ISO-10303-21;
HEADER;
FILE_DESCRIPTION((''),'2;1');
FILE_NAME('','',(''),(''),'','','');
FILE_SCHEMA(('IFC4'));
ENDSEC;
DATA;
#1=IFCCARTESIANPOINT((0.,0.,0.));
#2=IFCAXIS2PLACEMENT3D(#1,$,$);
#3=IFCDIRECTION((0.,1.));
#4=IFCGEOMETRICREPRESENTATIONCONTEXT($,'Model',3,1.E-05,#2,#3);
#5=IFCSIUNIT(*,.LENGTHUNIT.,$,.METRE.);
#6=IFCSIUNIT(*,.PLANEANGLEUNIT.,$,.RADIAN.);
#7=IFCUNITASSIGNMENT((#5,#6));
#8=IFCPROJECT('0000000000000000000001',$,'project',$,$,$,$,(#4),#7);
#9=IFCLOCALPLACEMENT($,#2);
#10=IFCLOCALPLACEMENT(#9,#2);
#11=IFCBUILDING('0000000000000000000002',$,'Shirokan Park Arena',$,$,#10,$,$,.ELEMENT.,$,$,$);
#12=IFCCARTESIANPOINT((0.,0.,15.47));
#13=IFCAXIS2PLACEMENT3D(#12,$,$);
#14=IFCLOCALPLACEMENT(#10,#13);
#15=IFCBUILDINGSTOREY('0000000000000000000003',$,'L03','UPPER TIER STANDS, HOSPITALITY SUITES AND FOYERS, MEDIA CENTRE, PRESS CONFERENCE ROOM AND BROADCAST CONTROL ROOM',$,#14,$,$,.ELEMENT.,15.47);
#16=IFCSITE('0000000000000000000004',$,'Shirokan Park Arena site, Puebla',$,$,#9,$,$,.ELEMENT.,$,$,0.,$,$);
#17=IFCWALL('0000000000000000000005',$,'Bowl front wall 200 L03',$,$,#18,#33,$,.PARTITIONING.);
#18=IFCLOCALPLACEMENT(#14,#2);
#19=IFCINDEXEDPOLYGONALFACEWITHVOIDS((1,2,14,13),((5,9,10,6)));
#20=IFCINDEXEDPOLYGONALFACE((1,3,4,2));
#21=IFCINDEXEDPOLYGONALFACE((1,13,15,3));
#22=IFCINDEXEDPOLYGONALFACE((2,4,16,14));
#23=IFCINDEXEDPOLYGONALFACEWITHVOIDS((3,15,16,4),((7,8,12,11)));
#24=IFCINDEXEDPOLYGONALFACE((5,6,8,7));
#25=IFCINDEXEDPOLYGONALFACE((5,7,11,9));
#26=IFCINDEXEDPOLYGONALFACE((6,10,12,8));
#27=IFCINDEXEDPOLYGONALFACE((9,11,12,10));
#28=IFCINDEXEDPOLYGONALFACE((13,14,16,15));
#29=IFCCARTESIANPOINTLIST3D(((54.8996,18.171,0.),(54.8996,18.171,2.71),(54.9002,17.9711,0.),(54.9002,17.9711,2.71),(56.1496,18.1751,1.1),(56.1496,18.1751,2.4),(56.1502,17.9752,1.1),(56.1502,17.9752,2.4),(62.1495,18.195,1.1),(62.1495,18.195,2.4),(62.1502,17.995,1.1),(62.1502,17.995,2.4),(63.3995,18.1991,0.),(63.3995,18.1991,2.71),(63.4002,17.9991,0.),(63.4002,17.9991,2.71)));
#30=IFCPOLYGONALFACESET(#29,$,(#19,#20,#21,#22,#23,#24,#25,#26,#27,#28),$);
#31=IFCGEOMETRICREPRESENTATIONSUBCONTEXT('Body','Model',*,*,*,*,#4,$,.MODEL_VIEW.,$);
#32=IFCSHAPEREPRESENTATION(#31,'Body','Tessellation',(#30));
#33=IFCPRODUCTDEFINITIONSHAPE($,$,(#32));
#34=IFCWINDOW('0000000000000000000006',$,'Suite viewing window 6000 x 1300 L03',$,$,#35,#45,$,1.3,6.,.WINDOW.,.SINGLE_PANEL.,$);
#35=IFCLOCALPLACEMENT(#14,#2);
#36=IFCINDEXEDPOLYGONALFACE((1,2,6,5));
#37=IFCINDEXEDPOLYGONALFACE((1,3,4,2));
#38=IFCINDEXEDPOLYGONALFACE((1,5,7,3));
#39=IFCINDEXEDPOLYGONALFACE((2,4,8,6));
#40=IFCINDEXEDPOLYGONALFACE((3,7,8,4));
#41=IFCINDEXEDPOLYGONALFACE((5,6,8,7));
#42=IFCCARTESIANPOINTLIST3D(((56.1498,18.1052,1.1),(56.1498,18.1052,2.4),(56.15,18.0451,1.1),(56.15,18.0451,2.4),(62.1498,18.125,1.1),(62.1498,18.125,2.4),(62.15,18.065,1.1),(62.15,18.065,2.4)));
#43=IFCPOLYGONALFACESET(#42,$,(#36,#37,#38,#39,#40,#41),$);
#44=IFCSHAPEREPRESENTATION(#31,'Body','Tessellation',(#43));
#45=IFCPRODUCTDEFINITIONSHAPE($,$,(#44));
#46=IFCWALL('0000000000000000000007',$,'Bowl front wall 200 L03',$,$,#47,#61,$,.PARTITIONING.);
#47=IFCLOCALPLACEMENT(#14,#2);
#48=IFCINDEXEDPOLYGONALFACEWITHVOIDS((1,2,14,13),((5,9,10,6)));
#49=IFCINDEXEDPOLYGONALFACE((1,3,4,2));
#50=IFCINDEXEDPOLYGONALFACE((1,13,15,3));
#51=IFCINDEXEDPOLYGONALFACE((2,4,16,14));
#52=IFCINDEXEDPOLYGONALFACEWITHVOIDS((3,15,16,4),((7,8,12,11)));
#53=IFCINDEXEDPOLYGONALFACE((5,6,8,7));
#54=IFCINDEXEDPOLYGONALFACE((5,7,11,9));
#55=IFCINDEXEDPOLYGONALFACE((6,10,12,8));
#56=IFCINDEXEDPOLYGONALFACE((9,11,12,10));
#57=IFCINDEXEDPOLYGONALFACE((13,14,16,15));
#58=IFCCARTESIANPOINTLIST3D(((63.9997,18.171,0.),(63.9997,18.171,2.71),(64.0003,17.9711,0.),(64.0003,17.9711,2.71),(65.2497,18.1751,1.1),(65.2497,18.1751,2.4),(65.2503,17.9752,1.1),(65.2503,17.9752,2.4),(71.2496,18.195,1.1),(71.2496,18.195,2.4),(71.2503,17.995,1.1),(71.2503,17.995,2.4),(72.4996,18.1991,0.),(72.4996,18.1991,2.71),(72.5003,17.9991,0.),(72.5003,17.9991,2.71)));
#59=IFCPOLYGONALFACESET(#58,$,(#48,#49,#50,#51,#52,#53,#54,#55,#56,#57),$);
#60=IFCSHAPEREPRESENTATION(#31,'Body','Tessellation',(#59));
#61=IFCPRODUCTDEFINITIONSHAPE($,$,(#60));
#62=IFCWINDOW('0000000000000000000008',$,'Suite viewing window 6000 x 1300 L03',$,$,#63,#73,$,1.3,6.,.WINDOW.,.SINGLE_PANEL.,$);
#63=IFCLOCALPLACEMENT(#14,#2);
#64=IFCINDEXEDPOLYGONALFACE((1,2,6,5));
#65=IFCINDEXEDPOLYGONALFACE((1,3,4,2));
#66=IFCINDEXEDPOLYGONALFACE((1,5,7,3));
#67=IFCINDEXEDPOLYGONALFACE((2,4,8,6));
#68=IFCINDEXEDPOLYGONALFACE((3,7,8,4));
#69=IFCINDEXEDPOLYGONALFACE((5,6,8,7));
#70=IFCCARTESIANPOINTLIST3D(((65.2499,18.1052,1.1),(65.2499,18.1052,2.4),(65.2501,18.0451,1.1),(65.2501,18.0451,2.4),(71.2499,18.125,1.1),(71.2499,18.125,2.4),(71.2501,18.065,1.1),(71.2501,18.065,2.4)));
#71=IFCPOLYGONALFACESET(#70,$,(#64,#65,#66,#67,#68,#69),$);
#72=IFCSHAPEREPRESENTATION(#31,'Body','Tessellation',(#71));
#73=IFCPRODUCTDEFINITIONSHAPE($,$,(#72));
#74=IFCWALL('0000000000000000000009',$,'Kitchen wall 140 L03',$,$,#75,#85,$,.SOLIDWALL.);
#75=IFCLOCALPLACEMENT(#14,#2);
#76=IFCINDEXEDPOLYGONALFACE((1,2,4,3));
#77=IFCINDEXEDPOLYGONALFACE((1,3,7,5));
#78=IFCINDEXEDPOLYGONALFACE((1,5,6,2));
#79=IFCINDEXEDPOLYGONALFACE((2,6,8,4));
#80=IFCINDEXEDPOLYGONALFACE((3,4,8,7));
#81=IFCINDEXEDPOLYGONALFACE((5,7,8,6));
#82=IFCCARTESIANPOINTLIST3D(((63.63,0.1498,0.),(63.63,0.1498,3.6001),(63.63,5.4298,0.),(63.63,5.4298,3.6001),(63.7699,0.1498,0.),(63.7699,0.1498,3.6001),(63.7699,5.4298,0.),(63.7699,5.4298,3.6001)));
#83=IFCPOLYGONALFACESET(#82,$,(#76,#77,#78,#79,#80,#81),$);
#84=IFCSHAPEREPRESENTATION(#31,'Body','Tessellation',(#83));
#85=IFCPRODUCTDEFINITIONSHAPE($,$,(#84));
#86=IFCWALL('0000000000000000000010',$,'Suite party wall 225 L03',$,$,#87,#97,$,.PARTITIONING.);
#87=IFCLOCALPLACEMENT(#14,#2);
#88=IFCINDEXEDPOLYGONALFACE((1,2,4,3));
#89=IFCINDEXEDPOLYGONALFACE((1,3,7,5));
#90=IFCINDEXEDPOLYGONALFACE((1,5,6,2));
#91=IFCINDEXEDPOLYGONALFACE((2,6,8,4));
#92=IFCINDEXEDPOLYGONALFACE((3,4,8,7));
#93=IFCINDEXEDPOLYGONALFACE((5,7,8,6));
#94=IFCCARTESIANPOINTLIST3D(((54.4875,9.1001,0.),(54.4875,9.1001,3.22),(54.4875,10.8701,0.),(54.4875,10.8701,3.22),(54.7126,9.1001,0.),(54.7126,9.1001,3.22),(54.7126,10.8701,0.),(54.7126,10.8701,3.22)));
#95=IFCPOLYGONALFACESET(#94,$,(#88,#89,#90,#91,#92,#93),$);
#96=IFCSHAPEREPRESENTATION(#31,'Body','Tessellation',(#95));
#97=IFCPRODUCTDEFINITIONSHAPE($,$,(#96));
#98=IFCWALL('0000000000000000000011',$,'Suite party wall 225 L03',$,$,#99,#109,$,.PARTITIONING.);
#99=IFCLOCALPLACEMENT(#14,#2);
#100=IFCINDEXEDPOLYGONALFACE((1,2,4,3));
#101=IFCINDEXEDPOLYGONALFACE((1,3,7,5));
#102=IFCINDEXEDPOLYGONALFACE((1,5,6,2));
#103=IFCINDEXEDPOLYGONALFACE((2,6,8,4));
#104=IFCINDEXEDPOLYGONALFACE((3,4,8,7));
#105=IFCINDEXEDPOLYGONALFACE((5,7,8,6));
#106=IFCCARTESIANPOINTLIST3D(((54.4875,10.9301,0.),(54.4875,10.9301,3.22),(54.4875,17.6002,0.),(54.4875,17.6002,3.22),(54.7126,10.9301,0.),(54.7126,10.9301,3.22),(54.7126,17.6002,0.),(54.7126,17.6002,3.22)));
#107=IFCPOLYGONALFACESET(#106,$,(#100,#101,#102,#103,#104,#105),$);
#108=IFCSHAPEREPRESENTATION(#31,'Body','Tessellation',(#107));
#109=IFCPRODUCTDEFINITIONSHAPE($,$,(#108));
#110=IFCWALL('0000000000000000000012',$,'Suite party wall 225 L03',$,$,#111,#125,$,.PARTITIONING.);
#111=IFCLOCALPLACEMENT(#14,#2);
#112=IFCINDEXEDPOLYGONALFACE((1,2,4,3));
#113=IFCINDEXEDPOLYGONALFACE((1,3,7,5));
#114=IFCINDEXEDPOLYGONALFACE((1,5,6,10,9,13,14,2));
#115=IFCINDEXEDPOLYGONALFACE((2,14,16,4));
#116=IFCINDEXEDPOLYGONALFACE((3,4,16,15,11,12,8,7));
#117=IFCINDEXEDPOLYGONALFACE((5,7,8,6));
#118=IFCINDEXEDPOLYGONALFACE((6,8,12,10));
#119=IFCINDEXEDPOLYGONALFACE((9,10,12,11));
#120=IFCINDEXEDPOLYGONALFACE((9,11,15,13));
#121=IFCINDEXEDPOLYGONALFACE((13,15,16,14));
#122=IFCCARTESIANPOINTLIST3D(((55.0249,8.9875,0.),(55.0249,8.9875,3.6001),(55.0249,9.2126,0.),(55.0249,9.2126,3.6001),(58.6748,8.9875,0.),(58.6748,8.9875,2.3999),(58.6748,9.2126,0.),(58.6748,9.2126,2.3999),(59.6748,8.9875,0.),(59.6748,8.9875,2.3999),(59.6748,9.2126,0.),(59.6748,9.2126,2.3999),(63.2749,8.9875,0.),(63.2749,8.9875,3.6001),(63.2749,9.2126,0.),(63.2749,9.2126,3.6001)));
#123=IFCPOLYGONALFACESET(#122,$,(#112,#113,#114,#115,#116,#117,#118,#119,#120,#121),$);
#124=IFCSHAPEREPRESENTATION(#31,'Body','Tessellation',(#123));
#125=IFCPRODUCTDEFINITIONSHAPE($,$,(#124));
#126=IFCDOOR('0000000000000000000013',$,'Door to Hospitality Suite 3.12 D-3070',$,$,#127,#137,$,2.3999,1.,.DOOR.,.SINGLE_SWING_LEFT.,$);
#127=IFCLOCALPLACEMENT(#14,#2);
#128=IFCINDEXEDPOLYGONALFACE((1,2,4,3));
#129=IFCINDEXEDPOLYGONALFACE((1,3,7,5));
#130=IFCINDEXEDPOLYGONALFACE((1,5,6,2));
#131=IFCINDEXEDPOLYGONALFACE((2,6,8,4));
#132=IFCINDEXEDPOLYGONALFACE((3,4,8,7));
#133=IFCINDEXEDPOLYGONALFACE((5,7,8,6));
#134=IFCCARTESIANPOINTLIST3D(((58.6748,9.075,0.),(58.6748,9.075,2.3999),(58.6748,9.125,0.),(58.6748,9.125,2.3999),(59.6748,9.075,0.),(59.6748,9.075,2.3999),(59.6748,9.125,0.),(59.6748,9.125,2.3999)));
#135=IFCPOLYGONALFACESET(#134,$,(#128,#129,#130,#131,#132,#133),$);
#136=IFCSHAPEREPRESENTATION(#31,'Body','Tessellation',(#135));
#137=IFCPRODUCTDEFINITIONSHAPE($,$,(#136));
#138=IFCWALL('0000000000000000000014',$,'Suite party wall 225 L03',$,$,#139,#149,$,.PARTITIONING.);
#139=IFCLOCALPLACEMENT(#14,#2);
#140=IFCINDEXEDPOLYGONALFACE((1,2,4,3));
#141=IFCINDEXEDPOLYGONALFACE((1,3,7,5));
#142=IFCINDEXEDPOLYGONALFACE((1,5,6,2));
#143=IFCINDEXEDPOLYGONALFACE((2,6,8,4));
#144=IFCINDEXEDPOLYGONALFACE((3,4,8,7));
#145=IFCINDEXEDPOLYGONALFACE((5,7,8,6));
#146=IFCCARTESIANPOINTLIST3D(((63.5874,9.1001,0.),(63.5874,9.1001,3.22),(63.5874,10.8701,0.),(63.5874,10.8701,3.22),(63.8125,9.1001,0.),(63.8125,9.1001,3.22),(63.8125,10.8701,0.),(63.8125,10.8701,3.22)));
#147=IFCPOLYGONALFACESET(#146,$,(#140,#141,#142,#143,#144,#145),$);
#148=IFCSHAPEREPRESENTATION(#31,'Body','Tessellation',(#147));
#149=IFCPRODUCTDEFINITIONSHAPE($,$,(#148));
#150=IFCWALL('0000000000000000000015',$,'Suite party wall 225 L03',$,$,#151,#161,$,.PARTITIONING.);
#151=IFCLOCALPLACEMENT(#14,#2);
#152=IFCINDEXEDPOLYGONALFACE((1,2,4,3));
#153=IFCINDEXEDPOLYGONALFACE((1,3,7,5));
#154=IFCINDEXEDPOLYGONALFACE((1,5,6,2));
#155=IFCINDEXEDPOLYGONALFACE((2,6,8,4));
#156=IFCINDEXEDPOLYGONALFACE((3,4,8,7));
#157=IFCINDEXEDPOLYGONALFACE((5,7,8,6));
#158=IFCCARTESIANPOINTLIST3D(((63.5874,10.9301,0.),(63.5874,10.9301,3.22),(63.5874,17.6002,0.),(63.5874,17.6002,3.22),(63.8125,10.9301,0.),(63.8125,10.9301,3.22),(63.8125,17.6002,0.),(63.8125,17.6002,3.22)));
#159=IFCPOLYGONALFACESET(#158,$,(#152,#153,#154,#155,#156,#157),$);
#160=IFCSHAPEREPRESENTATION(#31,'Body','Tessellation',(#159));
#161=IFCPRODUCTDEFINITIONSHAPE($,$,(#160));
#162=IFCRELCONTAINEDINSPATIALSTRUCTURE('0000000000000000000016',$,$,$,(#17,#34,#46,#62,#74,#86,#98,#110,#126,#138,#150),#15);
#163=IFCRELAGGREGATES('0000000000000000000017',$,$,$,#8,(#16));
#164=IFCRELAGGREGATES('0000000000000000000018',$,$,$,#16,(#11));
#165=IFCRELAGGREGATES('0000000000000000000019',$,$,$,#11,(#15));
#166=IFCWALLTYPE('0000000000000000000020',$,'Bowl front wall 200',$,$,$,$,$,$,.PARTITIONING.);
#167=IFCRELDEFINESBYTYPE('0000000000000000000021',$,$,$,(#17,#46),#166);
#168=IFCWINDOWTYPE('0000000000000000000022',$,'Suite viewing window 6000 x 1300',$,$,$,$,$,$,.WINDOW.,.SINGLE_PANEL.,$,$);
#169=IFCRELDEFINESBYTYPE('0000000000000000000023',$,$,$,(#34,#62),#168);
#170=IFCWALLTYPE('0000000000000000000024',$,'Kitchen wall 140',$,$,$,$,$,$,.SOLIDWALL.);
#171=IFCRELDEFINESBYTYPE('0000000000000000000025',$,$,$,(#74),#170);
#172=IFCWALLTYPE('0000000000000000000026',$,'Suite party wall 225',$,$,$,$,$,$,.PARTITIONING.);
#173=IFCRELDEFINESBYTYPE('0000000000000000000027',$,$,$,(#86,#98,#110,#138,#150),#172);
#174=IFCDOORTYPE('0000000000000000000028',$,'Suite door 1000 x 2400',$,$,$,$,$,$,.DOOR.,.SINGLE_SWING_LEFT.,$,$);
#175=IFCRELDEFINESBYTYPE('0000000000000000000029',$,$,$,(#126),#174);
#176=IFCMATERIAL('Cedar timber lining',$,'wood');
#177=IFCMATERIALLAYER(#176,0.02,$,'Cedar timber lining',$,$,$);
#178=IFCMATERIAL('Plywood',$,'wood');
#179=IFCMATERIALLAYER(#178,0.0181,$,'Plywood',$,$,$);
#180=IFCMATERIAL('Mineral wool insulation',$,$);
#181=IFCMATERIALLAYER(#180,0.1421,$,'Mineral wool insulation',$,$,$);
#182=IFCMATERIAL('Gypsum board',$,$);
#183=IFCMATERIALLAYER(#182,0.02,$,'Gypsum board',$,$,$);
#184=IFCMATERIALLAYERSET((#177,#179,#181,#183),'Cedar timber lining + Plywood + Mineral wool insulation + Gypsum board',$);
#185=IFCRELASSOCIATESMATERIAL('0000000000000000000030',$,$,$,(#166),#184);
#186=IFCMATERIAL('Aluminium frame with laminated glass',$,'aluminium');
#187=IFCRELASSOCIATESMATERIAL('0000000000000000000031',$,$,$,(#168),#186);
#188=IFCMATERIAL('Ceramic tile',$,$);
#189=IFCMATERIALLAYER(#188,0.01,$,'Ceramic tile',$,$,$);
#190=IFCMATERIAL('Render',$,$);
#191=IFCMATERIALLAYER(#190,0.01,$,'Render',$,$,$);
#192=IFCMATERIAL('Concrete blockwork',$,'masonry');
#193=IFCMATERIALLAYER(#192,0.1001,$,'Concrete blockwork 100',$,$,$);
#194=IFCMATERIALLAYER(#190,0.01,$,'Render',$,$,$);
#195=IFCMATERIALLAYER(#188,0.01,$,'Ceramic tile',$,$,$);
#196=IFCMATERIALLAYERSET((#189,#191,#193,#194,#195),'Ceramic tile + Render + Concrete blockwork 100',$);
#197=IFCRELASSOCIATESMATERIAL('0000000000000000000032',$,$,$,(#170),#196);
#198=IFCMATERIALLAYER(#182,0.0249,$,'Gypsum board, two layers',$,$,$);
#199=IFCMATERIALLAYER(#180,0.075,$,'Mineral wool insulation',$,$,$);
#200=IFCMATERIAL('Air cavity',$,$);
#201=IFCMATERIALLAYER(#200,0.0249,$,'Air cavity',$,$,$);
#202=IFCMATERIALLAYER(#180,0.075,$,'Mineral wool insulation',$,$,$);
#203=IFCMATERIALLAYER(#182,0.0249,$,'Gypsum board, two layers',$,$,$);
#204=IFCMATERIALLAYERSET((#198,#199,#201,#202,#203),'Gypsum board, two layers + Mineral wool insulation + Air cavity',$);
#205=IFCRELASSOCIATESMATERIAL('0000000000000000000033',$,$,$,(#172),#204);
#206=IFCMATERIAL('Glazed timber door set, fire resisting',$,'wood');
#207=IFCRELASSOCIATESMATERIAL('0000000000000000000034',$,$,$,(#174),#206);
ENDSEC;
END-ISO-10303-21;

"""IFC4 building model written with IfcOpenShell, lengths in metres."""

from ifc_helpers import new_model, si_unit, direction, frame, frame_2d, origin, place, context, subcontext, project, spatial, rectangle, extrude, material, layer, layer_set, type_object, element, fill, save


model = new_model("IFC4")

# Units and contexts
model_context = context("Model", 3, precision=1e-05, world=origin(), true_north=direction((0.0, 1.0)))
body_context = subcontext(model_context, "Body", "Model", "MODEL_VIEW")
ifc_project = project(units=[si_unit("LENGTHUNIT", "METRE"), si_unit("PLANEANGLEUNIT", "RADIAN")], contexts=[model_context])

# Site, building, storey
site_placement = place(None, origin())
site = spatial("IfcSite", under=ifc_project, at=site_placement, Name="Shirokan Park Arena site, Puebla", CompositionType="ELEMENT", RefElevation=0.0)
building_placement = place(site_placement, origin())
building = spatial("IfcBuilding", under=site, at=building_placement, Name="Shirokan Park Arena", CompositionType="ELEMENT")
storey_placement = place(building_placement, frame((0.0, 0.0, 15.47)))
storey = spatial("IfcBuildingStorey", under=building, at=storey_placement, Name="L03", Description="UPPER TIER STANDS, HOSPITALITY SUITES AND FOYERS, MEDIA CENTRE, PRESS CONFERENCE ROOM AND BROADCAST CONTROL ROOM", CompositionType="ELEMENT", Elevation=15.47)

# Walls, openings, windows
ifc_material_1 = material(Name="Cedar timber lining", Category="wood")
ifc_layer_1 = layer(ifc_material_1, 0.02, Name="Cedar timber lining")
ifc_material_2 = material(Name="Plywood", Category="wood")
ifc_layer_2 = layer(ifc_material_2, 0.0181, Name="Plywood")
ifc_material_3 = material(Name="Mineral wool insulation")
ifc_layer_3 = layer(ifc_material_3, 0.1421, Name="Mineral wool insulation")
ifc_material_4 = material(Name="Gypsum board")
ifc_layer_4 = layer(ifc_material_4, 0.02, Name="Gypsum board")
ifc_layer_set_1 = layer_set([ifc_layer_1, ifc_layer_2, ifc_layer_3, ifc_layer_4], Name="Cedar timber lining + Plywood + Mineral wool insulation + Gypsum board")
wall_type_1 = type_object("IfcWallType", Name="Bowl front wall 200", PredefinedType="PARTITIONING", material=ifc_layer_set_1)
wall_1_placement = place(storey_placement, frame((54.8999, 18.071, 0.0), z_axis=(0.0, 0.0, 1.0), x_axis=(0.999995, 0.003303, 0.0)))
wall_1 = element("IfcWall", 1, at=wall_1_placement, inside=storey, type_object=wall_type_1, Name="Bowl front wall 200 L03", PredefinedType="PARTITIONING", context=body_context, shape_type="SweptSolid", body=[
    extrude(rectangle(XDim=8.5, YDim=0.2, at=frame_2d((4.25, 0.0))), origin(), (0.0, 0.0, 1.0), 2.71),
])
opening_1_placement = place(wall_1_placement, frame((1.25, 0.0, 1.1001)))
opening_1 = element("IfcOpeningElement", 2, at=opening_1_placement, cuts=wall_1, PredefinedType="OPENING", context=body_context, shape_type="SweptSolid", body=[
    extrude(rectangle(XDim=6.0, YDim=1.3, at=frame_2d((3.0, 0.6499))), frame((0.0, 0.1099, 0.0), z_axis=(0.0, -1.0, 0.0), x_axis=(1.0, 0.0, 0.0)), (0.0, 0.0, 1.0), 0.22),
])
ifc_material_5 = material(Name="Aluminium frame with laminated glass", Category="aluminium")
window_type = type_object("IfcWindowType", Name="Suite viewing window 6000 x 1300", PartitioningType="SINGLE_PANEL", PredefinedType="WINDOW", material=ifc_material_5)
window_1_placement = place(opening_1_placement, origin())
window_1 = element("IfcWindow", 3, at=window_1_placement, inside=storey, type_object=window_type, Name="Suite viewing window 6000 x 1300 L03", OverallHeight=1.3, OverallWidth=6.0, PartitioningType="SINGLE_PANEL", PredefinedType="WINDOW", context=body_context, shape_type="SweptSolid", body=[
    extrude(rectangle(XDim=6.0, YDim=1.3, at=frame_2d((3.0, 0.6499))), frame((0.0, 0.03, 0.0), z_axis=(0.0, -1.0, 0.0), x_axis=(1.0, 0.0, 0.0)), (0.0, 0.0, 1.0), 0.0601),
])
fill(opening_1, window_1)
wall_2_placement = place(storey_placement, frame((64.0, 18.071, 0.0), z_axis=(0.0, 0.0, 1.0), x_axis=(0.999995, 0.003303, 0.0)))
wall_2 = element("IfcWall", 4, at=wall_2_placement, inside=storey, type_object=wall_type_1, Name="Bowl front wall 200 L03", PredefinedType="PARTITIONING", context=body_context, shape_type="SweptSolid", body=[
    extrude(rectangle(XDim=8.5, YDim=0.2, at=frame_2d((4.25, 0.0))), origin(), (0.0, 0.0, 1.0), 2.71),
])
opening_2_placement = place(wall_2_placement, frame((1.25, 0.0, 1.1001)))
opening_2 = element("IfcOpeningElement", 5, at=opening_2_placement, cuts=wall_2, PredefinedType="OPENING", context=body_context, shape_type="SweptSolid", body=[
    extrude(rectangle(XDim=6.0, YDim=1.3, at=frame_2d((3.0, 0.6499))), frame((0.0, 0.1099, 0.0), z_axis=(0.0, -1.0, 0.0), x_axis=(1.0, 0.0, 0.0)), (0.0, 0.0, 1.0), 0.22),
])
window_2_placement = place(opening_2_placement, origin())
window_2 = element("IfcWindow", 6, at=window_2_placement, inside=storey, type_object=window_type, Name="Suite viewing window 6000 x 1300 L03", OverallHeight=1.3, OverallWidth=6.0, PartitioningType="SINGLE_PANEL", PredefinedType="WINDOW", context=body_context, shape_type="SweptSolid", body=[
    extrude(rectangle(XDim=6.0, YDim=1.3, at=frame_2d((3.0, 0.6499))), frame((0.0, 0.03, 0.0), z_axis=(0.0, -1.0, 0.0), x_axis=(1.0, 0.0, 0.0)), (0.0, 0.0, 1.0), 0.0601),
])
fill(opening_2, window_2)

# Walls
ifc_material_6 = material(Name="Ceramic tile")
ifc_layer_5 = layer(ifc_material_6, 0.01, Name="Ceramic tile")
ifc_material_7 = material(Name="Render")
ifc_layer_6 = layer(ifc_material_7, 0.01, Name="Render")
ifc_material_8 = material(Name="Concrete blockwork", Category="masonry")
ifc_layer_7 = layer(ifc_material_8, 0.1001, Name="Concrete blockwork 100")
ifc_layer_8 = layer(ifc_material_7, 0.01, Name="Render")
ifc_layer_9 = layer(ifc_material_6, 0.01, Name="Ceramic tile")
ifc_layer_set_2 = layer_set([ifc_layer_5, ifc_layer_6, ifc_layer_7, ifc_layer_8, ifc_layer_9], Name="Ceramic tile + Render + Concrete blockwork 100")
wall_type_2 = type_object("IfcWallType", Name="Kitchen wall 140", PredefinedType="SOLIDWALL", material=ifc_layer_set_2)
wall_3_placement = place(storey_placement, frame((63.7, 5.4299, 0.0), z_axis=(0.0, 0.0, 1.0), x_axis=(0.0, -1.0, 0.0)))
element("IfcWall", 7, at=wall_3_placement, inside=storey, type_object=wall_type_2, Name="Kitchen wall 140 L03", PredefinedType="SOLIDWALL", context=body_context, shape_type="SweptSolid", body=[
    extrude(rectangle(XDim=5.28, YDim=0.1399, at=frame_2d((2.6401, 0.0))), origin(), (0.0, 0.0, 1.0), 3.6001),
])
ifc_layer_10 = layer(ifc_material_4, 0.0249, Name="Gypsum board, two layers")
ifc_layer_11 = layer(ifc_material_3, 0.075, Name="Mineral wool insulation")
ifc_material_9 = material(Name="Air cavity")
ifc_layer_12 = layer(ifc_material_9, 0.0249, Name="Air cavity")
ifc_layer_13 = layer(ifc_material_3, 0.075, Name="Mineral wool insulation")
ifc_layer_14 = layer(ifc_material_4, 0.0249, Name="Gypsum board, two layers")
ifc_layer_set_3 = layer_set([ifc_layer_10, ifc_layer_11, ifc_layer_12, ifc_layer_13, ifc_layer_14], Name="Gypsum board, two layers + Mineral wool insulation + Air cavity")
wall_type_3 = type_object("IfcWallType", Name="Suite party wall 225", PredefinedType="PARTITIONING", material=ifc_layer_set_3)
wall_4_placement = place(storey_placement, frame((54.6001, 10.8701, 0.0), z_axis=(0.0, 0.0, 1.0), x_axis=(0.0, -1.0, 0.0)))
element("IfcWall", 8, at=wall_4_placement, inside=storey, type_object=wall_type_3, Name="Suite party wall 225 L03", PredefinedType="PARTITIONING", context=body_context, shape_type="SweptSolid", body=[
    extrude(rectangle(XDim=1.77, YDim=0.2251, at=frame_2d((0.885, 0.0))), origin(), (0.0, 0.0, 1.0), 3.22),
])
wall_5_placement = place(storey_placement, frame((54.6001, 17.6001, 0.0), z_axis=(0.0, 0.0, 1.0), x_axis=(0.0, -1.0, 0.0)))
element("IfcWall", 9, at=wall_5_placement, inside=storey, type_object=wall_type_3, Name="Suite party wall 225 L03", PredefinedType="PARTITIONING", context=body_context, shape_type="SweptSolid", body=[
    extrude(rectangle(XDim=6.6702, YDim=0.2251, at=frame_2d((3.335, 0.0))), origin(), (0.0, 0.0, 1.0), 3.22),
])

# Wall, opening, door
wall_6_placement = place(storey_placement, frame((55.0249, 9.1001, 0.0), z_axis=(0.0, 0.0, 1.0), x_axis=(1.0, 0.0, 0.0)))
wall_6 = element("IfcWall", 10, at=wall_6_placement, inside=storey, type_object=wall_type_3, Name="Suite party wall 225 L03", PredefinedType="PARTITIONING", context=body_context, shape_type="SweptSolid", body=[
    extrude(rectangle(XDim=8.25, YDim=0.2251, at=frame_2d((4.125, 0.0))), origin(), (0.0, 0.0, 1.0), 3.6001),
])
opening_3_placement = place(wall_6_placement, frame((3.6499, 0.0, 0.0)))
opening_3 = element("IfcOpeningElement", 11, at=opening_3_placement, cuts=wall_6, PredefinedType="OPENING", context=body_context, shape_type="SweptSolid", body=[
    extrude(rectangle(XDim=1.0, YDim=2.3999, at=frame_2d((0.5, 1.2))), frame((0.0, 0.1226, 0.0), z_axis=(0.0, -1.0, 0.0), x_axis=(1.0, 0.0, 0.0)), (0.0, 0.0, 1.0), 0.2451),
])
ifc_material_10 = material(Name="Glazed timber door set, fire resisting", Category="wood")
door_type = type_object("IfcDoorType", Name="Suite door 1000 x 2400", OperationType="SINGLE_SWING_LEFT", PredefinedType="DOOR", material=ifc_material_10)
door_1_placement = place(opening_3_placement, origin())
door_1 = element("IfcDoor", 12, at=door_1_placement, inside=storey, type_object=door_type, Name="Door to Hospitality Suite 3.12 D-3070", OperationType="SINGLE_SWING_LEFT", OverallHeight=2.3999, OverallWidth=1.0, PredefinedType="DOOR", context=body_context, shape_type="SweptSolid", body=[
    extrude(rectangle(XDim=1.0, YDim=2.3999, at=frame_2d((0.5, 1.2))), frame((0.0, 0.0249, 0.0), z_axis=(0.0, -1.0, 0.0), x_axis=(1.0, 0.0, 0.0)), (0.0, 0.0, 1.0), 0.05),
])
fill(opening_3, door_1)

# Walls
wall_7_placement = place(storey_placement, frame((63.7, 10.8701, 0.0), z_axis=(0.0, 0.0, 1.0), x_axis=(0.0, -1.0, 0.0)))
element("IfcWall", 13, at=wall_7_placement, inside=storey, type_object=wall_type_3, Name="Suite party wall 225 L03", PredefinedType="PARTITIONING", context=body_context, shape_type="SweptSolid", body=[
    extrude(rectangle(XDim=1.77, YDim=0.2251, at=frame_2d((0.885, 0.0))), origin(), (0.0, 0.0, 1.0), 3.22),
])
wall_8_placement = place(storey_placement, frame((63.7, 17.6001, 0.0), z_axis=(0.0, 0.0, 1.0), x_axis=(0.0, -1.0, 0.0)))
element("IfcWall", 14, at=wall_8_placement, inside=storey, type_object=wall_type_3, Name="Suite party wall 225 L03", PredefinedType="PARTITIONING", context=body_context, shape_type="SweptSolid", body=[
    extrude(rectangle(XDim=6.6702, YDim=0.2251, at=frame_2d((3.335, 0.0))), origin(), (0.0, 0.0, 1.0), 3.22),
])

save(model, "model.ifc")
